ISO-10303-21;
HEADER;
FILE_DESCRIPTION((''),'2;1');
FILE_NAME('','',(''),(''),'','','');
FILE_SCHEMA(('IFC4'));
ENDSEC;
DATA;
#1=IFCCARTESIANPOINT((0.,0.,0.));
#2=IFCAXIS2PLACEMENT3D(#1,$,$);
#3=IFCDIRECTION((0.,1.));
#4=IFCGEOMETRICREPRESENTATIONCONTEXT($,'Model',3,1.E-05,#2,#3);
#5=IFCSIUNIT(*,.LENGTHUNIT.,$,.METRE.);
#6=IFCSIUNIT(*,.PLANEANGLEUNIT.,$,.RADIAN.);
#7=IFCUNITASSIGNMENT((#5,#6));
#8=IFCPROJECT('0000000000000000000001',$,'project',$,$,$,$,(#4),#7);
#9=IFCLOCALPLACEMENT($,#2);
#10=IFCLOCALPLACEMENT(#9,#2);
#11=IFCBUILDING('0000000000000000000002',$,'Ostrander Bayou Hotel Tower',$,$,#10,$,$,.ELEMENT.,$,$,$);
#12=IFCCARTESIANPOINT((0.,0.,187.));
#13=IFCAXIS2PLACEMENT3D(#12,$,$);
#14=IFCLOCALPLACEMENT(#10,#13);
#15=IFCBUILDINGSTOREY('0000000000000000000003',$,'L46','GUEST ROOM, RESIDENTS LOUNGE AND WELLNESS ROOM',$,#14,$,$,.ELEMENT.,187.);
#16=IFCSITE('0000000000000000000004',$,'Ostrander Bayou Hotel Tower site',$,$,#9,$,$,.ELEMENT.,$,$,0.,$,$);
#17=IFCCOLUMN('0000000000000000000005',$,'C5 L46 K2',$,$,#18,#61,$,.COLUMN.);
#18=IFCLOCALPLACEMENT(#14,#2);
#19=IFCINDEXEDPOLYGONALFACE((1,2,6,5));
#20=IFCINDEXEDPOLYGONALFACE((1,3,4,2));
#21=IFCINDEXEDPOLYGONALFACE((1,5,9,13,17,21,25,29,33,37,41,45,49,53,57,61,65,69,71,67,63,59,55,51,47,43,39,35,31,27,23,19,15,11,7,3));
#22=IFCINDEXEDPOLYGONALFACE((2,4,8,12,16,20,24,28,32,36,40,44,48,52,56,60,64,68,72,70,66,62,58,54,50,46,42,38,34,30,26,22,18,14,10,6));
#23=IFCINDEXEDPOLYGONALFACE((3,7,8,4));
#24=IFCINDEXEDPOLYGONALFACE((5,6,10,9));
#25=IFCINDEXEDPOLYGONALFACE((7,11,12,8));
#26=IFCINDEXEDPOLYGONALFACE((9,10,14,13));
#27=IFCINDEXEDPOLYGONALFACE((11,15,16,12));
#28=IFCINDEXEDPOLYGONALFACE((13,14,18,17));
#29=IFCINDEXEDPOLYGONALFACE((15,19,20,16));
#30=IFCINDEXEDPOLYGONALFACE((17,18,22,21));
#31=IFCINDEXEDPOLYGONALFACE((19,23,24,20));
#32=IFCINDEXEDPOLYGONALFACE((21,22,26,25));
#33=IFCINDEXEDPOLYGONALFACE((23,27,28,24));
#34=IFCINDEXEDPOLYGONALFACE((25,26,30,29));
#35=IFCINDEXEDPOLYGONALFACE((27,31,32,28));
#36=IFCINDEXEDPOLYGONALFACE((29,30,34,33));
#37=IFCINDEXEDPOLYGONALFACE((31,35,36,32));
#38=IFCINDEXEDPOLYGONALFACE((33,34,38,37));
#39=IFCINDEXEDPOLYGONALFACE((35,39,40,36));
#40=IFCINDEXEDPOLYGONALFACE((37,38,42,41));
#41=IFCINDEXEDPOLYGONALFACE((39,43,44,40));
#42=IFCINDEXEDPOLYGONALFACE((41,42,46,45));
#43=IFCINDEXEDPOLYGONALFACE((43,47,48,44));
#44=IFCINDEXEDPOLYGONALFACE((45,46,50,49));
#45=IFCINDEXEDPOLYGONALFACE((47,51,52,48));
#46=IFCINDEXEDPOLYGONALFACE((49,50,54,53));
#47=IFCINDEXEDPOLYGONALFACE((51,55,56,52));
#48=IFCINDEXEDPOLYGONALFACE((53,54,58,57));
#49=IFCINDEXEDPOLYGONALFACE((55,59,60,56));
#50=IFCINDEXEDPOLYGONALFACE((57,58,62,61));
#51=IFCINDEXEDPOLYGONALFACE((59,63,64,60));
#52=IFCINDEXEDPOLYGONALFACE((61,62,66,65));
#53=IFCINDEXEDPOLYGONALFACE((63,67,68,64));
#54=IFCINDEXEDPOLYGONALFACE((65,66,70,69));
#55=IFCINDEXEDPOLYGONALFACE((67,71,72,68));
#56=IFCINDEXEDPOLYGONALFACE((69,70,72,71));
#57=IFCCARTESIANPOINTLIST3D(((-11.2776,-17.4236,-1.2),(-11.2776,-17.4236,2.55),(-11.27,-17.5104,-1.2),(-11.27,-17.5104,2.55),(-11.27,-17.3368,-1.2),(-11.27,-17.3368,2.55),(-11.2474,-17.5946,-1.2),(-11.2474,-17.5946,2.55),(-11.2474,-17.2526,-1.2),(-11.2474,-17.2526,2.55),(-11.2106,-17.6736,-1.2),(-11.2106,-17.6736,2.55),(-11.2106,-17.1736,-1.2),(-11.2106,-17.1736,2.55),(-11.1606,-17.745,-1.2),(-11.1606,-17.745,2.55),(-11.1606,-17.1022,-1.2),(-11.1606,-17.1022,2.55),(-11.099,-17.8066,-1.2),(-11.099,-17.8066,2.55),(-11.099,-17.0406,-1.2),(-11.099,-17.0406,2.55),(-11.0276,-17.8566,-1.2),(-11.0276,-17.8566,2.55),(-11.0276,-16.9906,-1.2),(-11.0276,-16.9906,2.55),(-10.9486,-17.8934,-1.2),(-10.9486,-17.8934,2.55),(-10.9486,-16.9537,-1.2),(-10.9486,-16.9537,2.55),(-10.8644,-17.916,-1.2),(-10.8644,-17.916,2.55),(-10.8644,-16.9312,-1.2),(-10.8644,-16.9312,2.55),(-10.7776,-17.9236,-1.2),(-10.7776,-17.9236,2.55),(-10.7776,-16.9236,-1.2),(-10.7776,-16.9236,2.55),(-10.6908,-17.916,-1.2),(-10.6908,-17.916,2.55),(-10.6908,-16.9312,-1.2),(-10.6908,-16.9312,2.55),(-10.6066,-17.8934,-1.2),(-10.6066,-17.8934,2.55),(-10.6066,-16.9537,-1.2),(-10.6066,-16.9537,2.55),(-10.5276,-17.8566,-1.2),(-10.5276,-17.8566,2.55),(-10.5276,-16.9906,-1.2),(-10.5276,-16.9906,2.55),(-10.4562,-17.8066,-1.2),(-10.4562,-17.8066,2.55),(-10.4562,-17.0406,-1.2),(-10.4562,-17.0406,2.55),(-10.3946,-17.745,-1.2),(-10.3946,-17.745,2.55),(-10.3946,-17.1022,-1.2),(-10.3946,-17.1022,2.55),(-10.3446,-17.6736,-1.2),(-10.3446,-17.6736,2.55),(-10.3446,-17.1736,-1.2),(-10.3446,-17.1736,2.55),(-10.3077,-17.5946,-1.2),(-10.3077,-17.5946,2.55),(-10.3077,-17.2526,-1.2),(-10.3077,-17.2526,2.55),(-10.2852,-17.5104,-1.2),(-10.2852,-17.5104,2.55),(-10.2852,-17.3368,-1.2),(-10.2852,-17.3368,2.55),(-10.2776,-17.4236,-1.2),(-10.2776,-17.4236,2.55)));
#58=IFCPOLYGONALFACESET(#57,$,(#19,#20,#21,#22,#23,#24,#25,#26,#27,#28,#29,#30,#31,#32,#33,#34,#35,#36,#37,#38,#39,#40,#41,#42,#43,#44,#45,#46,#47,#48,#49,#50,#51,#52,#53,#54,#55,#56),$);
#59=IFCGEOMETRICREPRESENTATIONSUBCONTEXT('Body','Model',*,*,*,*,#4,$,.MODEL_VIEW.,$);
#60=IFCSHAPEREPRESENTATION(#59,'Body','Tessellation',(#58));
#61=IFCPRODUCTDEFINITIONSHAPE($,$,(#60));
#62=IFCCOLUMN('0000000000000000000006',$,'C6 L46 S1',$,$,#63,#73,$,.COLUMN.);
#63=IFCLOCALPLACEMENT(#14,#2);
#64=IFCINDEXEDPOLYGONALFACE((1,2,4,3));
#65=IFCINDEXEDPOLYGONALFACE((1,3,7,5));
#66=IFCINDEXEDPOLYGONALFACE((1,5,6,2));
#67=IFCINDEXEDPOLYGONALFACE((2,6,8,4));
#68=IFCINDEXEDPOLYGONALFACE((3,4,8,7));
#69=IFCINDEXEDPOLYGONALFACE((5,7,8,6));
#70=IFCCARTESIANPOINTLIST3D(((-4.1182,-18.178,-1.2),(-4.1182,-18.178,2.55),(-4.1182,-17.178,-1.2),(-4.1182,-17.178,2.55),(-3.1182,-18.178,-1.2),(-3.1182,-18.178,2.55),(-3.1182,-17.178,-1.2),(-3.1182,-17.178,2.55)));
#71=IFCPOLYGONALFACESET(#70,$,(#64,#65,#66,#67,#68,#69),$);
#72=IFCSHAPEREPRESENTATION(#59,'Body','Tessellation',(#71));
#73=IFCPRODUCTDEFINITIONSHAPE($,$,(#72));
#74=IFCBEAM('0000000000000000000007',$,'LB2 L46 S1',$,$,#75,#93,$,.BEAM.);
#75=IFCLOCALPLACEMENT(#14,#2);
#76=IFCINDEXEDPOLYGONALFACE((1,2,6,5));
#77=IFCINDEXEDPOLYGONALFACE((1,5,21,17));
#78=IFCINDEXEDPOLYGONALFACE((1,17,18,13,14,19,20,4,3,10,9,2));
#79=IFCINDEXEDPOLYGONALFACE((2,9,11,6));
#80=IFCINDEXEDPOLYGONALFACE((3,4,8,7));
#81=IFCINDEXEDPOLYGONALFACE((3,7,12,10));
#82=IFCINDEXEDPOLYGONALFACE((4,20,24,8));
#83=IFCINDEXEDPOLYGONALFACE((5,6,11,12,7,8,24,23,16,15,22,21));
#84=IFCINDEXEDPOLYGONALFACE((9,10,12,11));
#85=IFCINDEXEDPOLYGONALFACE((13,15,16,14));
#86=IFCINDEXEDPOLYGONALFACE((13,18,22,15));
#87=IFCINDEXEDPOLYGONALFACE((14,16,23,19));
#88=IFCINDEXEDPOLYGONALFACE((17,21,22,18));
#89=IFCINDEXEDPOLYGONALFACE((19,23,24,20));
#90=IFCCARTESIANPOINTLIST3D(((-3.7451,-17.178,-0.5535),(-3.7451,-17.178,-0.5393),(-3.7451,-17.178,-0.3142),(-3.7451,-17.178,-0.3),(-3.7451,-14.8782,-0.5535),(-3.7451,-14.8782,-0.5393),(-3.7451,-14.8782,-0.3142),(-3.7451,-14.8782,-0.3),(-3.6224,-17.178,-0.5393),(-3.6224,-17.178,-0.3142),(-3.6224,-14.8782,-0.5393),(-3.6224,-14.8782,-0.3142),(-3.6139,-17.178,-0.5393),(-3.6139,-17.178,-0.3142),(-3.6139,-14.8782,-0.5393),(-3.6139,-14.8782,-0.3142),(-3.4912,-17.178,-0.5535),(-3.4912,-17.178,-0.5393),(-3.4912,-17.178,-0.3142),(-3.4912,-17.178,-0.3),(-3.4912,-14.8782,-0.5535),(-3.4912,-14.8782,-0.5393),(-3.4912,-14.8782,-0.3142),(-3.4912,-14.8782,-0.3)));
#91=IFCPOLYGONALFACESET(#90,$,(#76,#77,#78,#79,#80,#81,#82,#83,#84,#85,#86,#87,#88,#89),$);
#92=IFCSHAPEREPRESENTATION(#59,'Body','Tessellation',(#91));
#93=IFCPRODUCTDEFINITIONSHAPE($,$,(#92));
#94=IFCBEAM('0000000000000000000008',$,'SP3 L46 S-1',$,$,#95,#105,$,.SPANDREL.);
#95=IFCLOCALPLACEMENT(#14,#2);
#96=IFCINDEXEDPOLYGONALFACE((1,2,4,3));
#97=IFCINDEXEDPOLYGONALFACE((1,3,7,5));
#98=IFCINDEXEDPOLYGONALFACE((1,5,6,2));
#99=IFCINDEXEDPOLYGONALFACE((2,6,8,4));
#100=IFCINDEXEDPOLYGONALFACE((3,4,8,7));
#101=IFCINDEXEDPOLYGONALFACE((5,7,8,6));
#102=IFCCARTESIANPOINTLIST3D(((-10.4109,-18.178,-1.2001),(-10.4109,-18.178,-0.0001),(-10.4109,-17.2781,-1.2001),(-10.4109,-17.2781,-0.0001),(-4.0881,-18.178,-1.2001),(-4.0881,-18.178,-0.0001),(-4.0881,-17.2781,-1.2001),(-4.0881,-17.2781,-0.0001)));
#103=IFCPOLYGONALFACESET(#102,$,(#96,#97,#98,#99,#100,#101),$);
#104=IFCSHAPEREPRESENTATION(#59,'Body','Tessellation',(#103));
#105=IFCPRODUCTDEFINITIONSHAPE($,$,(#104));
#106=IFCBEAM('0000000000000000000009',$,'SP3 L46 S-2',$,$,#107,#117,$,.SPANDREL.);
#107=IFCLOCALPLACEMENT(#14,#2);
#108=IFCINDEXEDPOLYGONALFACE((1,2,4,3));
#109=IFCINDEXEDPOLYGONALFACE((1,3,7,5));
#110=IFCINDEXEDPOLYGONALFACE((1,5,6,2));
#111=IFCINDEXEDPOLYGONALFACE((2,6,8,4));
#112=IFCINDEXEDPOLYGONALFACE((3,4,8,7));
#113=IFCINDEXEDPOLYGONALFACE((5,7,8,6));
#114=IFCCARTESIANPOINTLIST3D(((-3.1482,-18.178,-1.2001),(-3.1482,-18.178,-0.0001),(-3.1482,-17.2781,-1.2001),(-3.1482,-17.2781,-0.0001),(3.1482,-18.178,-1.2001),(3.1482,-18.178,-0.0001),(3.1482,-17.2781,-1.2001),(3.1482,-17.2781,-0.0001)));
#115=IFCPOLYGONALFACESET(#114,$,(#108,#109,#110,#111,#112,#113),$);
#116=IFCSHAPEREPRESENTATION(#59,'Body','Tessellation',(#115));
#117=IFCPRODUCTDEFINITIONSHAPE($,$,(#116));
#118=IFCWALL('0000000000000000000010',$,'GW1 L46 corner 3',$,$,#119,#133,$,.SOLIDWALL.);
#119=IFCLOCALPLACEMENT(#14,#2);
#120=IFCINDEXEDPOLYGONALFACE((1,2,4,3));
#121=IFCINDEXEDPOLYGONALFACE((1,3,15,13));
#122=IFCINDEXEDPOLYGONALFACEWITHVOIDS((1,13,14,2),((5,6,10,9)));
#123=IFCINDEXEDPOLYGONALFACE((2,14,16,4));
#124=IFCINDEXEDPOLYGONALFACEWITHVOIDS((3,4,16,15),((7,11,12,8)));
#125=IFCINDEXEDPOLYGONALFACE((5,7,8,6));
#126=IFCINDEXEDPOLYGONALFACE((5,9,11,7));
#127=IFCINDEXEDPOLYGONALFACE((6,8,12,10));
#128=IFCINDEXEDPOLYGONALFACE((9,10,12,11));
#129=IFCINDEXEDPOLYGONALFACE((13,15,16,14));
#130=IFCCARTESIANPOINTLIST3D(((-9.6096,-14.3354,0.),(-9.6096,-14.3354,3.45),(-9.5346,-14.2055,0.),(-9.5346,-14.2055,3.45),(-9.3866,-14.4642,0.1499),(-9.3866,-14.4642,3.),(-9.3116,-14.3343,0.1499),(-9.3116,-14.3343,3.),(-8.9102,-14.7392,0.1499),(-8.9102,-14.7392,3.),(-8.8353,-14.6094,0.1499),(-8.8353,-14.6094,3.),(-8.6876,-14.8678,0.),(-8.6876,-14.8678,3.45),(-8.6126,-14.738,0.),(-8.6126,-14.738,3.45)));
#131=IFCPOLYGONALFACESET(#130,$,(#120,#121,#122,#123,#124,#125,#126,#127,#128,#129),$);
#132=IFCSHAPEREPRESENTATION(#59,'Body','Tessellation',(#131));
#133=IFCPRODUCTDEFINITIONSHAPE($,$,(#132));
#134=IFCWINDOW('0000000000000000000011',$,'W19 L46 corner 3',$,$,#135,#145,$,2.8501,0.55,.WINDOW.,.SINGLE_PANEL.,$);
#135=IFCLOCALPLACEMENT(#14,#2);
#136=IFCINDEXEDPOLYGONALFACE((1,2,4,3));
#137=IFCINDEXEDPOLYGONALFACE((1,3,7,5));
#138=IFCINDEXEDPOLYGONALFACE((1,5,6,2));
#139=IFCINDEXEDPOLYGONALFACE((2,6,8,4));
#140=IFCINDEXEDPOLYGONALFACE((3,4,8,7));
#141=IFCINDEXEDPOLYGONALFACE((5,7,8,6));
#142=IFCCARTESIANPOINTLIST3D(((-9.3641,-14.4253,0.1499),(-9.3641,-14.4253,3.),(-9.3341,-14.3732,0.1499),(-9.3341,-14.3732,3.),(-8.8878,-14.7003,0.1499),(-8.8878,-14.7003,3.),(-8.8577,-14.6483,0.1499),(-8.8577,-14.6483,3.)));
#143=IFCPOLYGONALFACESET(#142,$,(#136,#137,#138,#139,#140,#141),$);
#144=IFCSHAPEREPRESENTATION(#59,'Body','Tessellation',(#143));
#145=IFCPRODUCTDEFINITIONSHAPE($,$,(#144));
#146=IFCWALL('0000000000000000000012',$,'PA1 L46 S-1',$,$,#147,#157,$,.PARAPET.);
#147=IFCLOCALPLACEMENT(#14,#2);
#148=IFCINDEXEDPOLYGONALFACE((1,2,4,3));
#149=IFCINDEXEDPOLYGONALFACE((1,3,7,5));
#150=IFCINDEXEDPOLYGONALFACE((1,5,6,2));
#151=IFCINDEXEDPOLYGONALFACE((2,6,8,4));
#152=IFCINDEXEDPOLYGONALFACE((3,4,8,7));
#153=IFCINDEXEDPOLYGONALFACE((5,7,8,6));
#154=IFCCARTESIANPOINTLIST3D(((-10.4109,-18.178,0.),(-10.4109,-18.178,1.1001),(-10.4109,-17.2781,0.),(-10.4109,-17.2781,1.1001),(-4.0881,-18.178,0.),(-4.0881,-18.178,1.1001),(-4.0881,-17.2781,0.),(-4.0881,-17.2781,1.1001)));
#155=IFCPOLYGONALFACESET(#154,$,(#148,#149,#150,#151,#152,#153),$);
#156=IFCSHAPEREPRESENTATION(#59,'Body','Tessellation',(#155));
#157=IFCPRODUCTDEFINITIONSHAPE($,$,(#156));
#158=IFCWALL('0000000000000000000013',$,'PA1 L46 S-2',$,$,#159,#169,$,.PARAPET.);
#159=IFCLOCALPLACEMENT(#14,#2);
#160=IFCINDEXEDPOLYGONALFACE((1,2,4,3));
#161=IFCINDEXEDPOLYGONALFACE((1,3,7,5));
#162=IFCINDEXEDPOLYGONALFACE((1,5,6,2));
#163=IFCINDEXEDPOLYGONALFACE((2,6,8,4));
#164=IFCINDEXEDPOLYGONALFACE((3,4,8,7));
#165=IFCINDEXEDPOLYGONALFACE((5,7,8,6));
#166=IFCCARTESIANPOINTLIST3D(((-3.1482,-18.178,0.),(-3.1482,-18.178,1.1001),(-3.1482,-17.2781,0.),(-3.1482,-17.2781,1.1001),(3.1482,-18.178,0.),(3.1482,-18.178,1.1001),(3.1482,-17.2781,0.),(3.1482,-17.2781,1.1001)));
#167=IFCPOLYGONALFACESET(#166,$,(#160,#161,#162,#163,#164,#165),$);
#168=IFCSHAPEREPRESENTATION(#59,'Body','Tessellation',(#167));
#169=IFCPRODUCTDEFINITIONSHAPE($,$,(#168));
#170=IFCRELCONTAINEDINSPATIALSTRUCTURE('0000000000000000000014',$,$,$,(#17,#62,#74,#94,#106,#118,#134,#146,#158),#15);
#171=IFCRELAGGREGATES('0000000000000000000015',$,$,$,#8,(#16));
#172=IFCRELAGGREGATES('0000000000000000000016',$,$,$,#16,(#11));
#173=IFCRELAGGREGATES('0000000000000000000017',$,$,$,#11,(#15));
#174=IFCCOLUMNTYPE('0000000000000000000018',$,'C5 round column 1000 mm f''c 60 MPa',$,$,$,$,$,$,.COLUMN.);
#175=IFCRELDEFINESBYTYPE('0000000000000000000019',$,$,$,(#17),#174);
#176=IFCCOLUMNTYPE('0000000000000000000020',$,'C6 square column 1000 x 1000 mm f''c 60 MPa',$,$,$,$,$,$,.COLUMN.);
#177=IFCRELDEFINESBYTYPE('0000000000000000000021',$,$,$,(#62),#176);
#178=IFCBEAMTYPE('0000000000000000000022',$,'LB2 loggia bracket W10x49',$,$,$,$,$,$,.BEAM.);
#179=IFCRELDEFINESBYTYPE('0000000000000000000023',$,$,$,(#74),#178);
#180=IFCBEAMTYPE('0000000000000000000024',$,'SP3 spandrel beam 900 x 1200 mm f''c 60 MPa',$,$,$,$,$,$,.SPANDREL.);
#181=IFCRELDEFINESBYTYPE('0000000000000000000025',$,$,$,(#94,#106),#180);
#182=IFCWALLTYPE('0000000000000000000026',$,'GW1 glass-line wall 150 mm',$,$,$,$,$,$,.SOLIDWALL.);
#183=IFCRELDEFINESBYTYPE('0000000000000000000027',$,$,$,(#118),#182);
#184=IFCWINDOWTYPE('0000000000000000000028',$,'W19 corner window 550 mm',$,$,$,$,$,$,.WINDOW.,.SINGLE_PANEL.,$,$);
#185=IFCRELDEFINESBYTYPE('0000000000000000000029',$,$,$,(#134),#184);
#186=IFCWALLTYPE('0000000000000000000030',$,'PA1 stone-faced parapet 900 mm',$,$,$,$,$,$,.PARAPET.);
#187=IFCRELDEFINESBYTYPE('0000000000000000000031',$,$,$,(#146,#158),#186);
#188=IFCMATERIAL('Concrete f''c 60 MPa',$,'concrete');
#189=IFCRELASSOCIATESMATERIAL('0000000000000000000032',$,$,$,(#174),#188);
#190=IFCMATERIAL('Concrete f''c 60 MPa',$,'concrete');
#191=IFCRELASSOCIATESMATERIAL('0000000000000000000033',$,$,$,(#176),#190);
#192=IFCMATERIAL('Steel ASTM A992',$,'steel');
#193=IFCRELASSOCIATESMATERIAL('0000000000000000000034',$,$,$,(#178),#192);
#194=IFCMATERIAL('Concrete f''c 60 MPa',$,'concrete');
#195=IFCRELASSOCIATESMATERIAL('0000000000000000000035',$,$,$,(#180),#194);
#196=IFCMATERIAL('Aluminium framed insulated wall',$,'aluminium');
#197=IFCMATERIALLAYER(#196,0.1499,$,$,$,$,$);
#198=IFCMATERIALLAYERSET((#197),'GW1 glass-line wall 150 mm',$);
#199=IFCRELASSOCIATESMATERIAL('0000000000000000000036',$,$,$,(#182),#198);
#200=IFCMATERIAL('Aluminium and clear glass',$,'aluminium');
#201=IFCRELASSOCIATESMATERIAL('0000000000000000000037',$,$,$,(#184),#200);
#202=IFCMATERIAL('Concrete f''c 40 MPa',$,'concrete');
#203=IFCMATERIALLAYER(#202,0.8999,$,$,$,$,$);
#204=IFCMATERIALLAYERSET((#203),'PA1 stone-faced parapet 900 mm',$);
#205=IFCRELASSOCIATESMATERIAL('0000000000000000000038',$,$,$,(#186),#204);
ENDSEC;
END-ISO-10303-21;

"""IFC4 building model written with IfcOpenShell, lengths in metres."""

from ifc_helpers import new_model, si_unit, direction, frame, frame_2d, origin, origin_2d, place, context, subcontext, project, spatial, rectangle, circle, i_section, extrude, material, layer, layer_set, material_profile, profile_set, type_object, element, fill, save


model = new_model("IFC4")

# Units and contexts
model_context = context("Model", 3, precision=1e-05, world=origin(), true_north=direction((0.0, 1.0)))
body_context = subcontext(model_context, "Body", "Model", "MODEL_VIEW")
ifc_project = project(units=[si_unit("LENGTHUNIT", "METRE"), si_unit("PLANEANGLEUNIT", "RADIAN")], contexts=[model_context])

# Site, building, storey
site_placement = place(None, origin())
site = spatial("IfcSite", under=ifc_project, at=site_placement, Name="Ostrander Bayou Hotel Tower site", CompositionType="ELEMENT", RefElevation=0.0)
building_placement = place(site_placement, origin())
building = spatial("IfcBuilding", under=site, at=building_placement, Name="Ostrander Bayou Hotel Tower", CompositionType="ELEMENT")
storey_placement = place(building_placement, frame((0.0, 0.0, 187.0)))
storey = spatial("IfcBuildingStorey", under=building, at=storey_placement, Name="L46", Description="GUEST ROOM, RESIDENTS LOUNGE AND WELLNESS ROOM", CompositionType="ELEMENT", Elevation=187.0)

# Columns
ifc_material_1 = material(Name="Concrete f'c 60 MPa", Category="concrete")
ifc_material_profile_1 = material_profile(ifc_material_1, circle(Radius=0.5, at=origin_2d()))
ifc_profile_set_1 = profile_set([ifc_material_profile_1], Name="Concrete f'c 60 MPa")
column_type_1 = type_object("IfcColumnType", Name="C5 round column 1000 mm f'c 60 MPa", PredefinedType="COLUMN", material=ifc_profile_set_1)
column_1_placement = place(storey_placement, frame((-10.7776, -17.4236, -1.2), z_axis=(0.0, 0.0, 1.0), x_axis=(1.0, 0.0, 0.0)))
element("IfcColumn", 1, at=column_1_placement, inside=storey, type_object=column_type_1, Name="C5 L46 K2", PredefinedType="COLUMN", context=body_context, shape_type="SweptSolid", body=[
    extrude(circle(Radius=0.5, at=origin_2d()), origin(), (0.0, 0.0, 1.0), 3.75),
])
ifc_material_2 = material(Name="Concrete f'c 60 MPa", Category="concrete")
ifc_material_profile_2 = material_profile(ifc_material_2, rectangle(XDim=1.0, YDim=1.0, at=origin_2d()))
ifc_profile_set_2 = profile_set([ifc_material_profile_2], Name="Concrete f'c 60 MPa")
column_type_2 = type_object("IfcColumnType", Name="C6 square column 1000 x 1000 mm f'c 60 MPa", PredefinedType="COLUMN", material=ifc_profile_set_2)
column_2_placement = place(storey_placement, frame((-3.6182, -17.678, -1.2), z_axis=(0.0, 0.0, 1.0), x_axis=(-1.0, 0.0, 0.0)))
element("IfcColumn", 2, at=column_2_placement, inside=storey, type_object=column_type_2, Name="C6 L46 S1", PredefinedType="COLUMN", context=body_context, shape_type="SweptSolid", body=[
    extrude(rectangle(XDim=1.0, YDim=1.0, at=origin_2d()), origin(), (0.0, 0.0, 1.0), 3.75),
])

# Beams
ifc_material_3 = material(Name="Steel ASTM A992", Category="steel")
ifc_material_profile_3 = material_profile(ifc_material_3, i_section(OverallWidth=0.2539, OverallDepth=0.2534, WebThickness=0.0085, FlangeThickness=0.0142, at=origin_2d()))
ifc_profile_set_3 = profile_set([ifc_material_profile_3], Name="Steel ASTM A992")
beam_type_1 = type_object("IfcBeamType", Name="LB2 loggia bracket W10x49", PredefinedType="BEAM", material=ifc_profile_set_3)
beam_1_placement = place(storey_placement, frame((-3.6182, -17.178, -0.4268), z_axis=(0.0, 1.0, 0.0), x_axis=(-1.0, 0.0, 0.0)))
element("IfcBeam", 3, at=beam_1_placement, inside=storey, type_object=beam_type_1, Name="LB2 L46 S1", PredefinedType="BEAM", context=body_context, shape_type="SweptSolid", body=[
    extrude(i_section(OverallWidth=0.2539, OverallDepth=0.2534, WebThickness=0.0085, FlangeThickness=0.0142, at=origin_2d()), origin(), (0.0, 0.0, 1.0), 2.2998),
])
ifc_material_4 = material(Name="Concrete f'c 60 MPa", Category="concrete")
ifc_material_profile_4 = material_profile(ifc_material_4, rectangle(XDim=0.8999, YDim=1.2, at=origin_2d()))
ifc_profile_set_4 = profile_set([ifc_material_profile_4], Name="Concrete f'c 60 MPa")
beam_type_2 = type_object("IfcBeamType", Name="SP3 spandrel beam 900 x 1200 mm f'c 60 MPa", PredefinedType="SPANDREL", material=ifc_profile_set_4)
beam_2_placement = place(storey_placement, frame((-10.4109, -17.728, -0.6001), z_axis=(1.0, 0.0, 0.0), x_axis=(0.0, 1.0, 0.0)))
element("IfcBeam", 4, at=beam_2_placement, inside=storey, type_object=beam_type_2, Name="SP3 L46 S-1", PredefinedType="SPANDREL", context=body_context, shape_type="SweptSolid", body=[
    extrude(rectangle(XDim=0.8999, YDim=1.2, at=origin_2d()), origin(), (0.0, 0.0, 1.0), 6.3228),
])
beam_3_placement = place(storey_placement, frame((-3.1482, -17.728, -0.6001), z_axis=(1.0, 0.0, 0.0), x_axis=(0.0, 1.0, 0.0)))
element("IfcBeam", 5, at=beam_3_placement, inside=storey, type_object=beam_type_2, Name="SP3 L46 S-2", PredefinedType="SPANDREL", context=body_context, shape_type="SweptSolid", body=[
    extrude(rectangle(XDim=0.8999, YDim=1.2, at=origin_2d()), origin(), (0.0, 0.0, 1.0), 6.2964),
])

# Shared definitions
ifc_material_5 = material(Name="Aluminium framed insulated wall", Category="aluminium")
ifc_layer_1 = layer(ifc_material_5, 0.1499)
ifc_layer_set_1 = layer_set([ifc_layer_1], Name="GW1 glass-line wall 150 mm")
wall_type_1 = type_object("IfcWallType", Name="GW1 glass-line wall 150 mm", PredefinedType="SOLIDWALL", material=ifc_layer_set_1)

# Wall, opening, window
wall_1_placement = place(storey_placement, frame((-9.572, -14.2705, 0.0), z_axis=(0.0, 0.0, 1.0), x_axis=(0.865991, -0.50006, 0.0)))
wall_1 = element("IfcWall", 6, at=wall_1_placement, inside=storey, type_object=wall_type_1, Name="GW1 L46 corner 3", PredefinedType="SOLIDWALL", context=body_context, shape_type="SweptSolid", body=[
    extrude(rectangle(XDim=1.0647, YDim=0.1499, at=frame_2d((0.5322, 0.0))), origin(), (0.0, 0.0, 1.0), 3.45),
])
opening_1_placement = place(wall_1_placement, frame((0.2576, 0.0, 0.1499)))
opening_1 = element("IfcOpeningElement", 7, at=opening_1_placement, cuts=wall_1, PredefinedType="OPENING", context=body_context, shape_type="SweptSolid", body=[
    extrude(rectangle(XDim=0.55, YDim=2.8501, at=frame_2d((0.2749, 1.425))), frame((0.0, 0.075, 0.0), z_axis=(0.0, -1.0, 0.0), x_axis=(1.0, 0.0, 0.0)), (0.0, 0.0, 1.0), 0.1499),
])
ifc_material_6 = material(Name="Aluminium and clear glass", Category="aluminium")
window_type_1 = type_object("IfcWindowType", Name="W19 corner window 550 mm", PartitioningType="SINGLE_PANEL", PredefinedType="WINDOW", material=ifc_material_6)
window_1_placement = place(opening_1_placement, origin())
window_1 = element("IfcWindow", 8, at=window_1_placement, inside=storey, type_object=window_type_1, Name="W19 L46 corner 3", OverallHeight=2.8501, OverallWidth=0.55, PartitioningType="SINGLE_PANEL", PredefinedType="WINDOW", context=body_context, shape_type="SweptSolid", body=[
    extrude(rectangle(XDim=0.55, YDim=2.8501, at=frame_2d((0.2749, 1.425))), frame((0.0, 0.03, 0.0), z_axis=(0.0, -1.0, 0.0), x_axis=(1.0, 0.0, 0.0)), (0.0, 0.0, 1.0), 0.0601),
])
fill(opening_1, window_1)

# Walls
ifc_material_7 = material(Name="Concrete f'c 40 MPa", Category="concrete")
ifc_layer_2 = layer(ifc_material_7, 0.8999)
ifc_layer_set_2 = layer_set([ifc_layer_2], Name="PA1 stone-faced parapet 900 mm")
wall_type_2 = type_object("IfcWallType", Name="PA1 stone-faced parapet 900 mm", PredefinedType="PARAPET", material=ifc_layer_set_2)
wall_2_placement = place(storey_placement, frame((-10.4109, -17.728, 0.0), z_axis=(0.0, 0.0, 1.0), x_axis=(1.0, 0.0, 0.0)))
element("IfcWall", 9, at=wall_2_placement, inside=storey, type_object=wall_type_2, Name="PA1 L46 S-1", PredefinedType="PARAPET", context=body_context, shape_type="SweptSolid", body=[
    extrude(rectangle(XDim=6.3228, YDim=0.8999, at=frame_2d((3.1614, 0.0))), origin(), (0.0, 0.0, 1.0), 1.1001),
])
wall_3_placement = place(storey_placement, frame((-3.1482, -17.728, 0.0), z_axis=(0.0, 0.0, 1.0), x_axis=(1.0, 0.0, 0.0)))
element("IfcWall", 10, at=wall_3_placement, inside=storey, type_object=wall_type_2, Name="PA1 L46 S-2", PredefinedType="PARAPET", context=body_context, shape_type="SweptSolid", body=[
    extrude(rectangle(XDim=6.2964, YDim=0.8999, at=frame_2d((3.1482, 0.0))), origin(), (0.0, 0.0, 1.0), 1.1001),
])

save(model, "model.ifc")
